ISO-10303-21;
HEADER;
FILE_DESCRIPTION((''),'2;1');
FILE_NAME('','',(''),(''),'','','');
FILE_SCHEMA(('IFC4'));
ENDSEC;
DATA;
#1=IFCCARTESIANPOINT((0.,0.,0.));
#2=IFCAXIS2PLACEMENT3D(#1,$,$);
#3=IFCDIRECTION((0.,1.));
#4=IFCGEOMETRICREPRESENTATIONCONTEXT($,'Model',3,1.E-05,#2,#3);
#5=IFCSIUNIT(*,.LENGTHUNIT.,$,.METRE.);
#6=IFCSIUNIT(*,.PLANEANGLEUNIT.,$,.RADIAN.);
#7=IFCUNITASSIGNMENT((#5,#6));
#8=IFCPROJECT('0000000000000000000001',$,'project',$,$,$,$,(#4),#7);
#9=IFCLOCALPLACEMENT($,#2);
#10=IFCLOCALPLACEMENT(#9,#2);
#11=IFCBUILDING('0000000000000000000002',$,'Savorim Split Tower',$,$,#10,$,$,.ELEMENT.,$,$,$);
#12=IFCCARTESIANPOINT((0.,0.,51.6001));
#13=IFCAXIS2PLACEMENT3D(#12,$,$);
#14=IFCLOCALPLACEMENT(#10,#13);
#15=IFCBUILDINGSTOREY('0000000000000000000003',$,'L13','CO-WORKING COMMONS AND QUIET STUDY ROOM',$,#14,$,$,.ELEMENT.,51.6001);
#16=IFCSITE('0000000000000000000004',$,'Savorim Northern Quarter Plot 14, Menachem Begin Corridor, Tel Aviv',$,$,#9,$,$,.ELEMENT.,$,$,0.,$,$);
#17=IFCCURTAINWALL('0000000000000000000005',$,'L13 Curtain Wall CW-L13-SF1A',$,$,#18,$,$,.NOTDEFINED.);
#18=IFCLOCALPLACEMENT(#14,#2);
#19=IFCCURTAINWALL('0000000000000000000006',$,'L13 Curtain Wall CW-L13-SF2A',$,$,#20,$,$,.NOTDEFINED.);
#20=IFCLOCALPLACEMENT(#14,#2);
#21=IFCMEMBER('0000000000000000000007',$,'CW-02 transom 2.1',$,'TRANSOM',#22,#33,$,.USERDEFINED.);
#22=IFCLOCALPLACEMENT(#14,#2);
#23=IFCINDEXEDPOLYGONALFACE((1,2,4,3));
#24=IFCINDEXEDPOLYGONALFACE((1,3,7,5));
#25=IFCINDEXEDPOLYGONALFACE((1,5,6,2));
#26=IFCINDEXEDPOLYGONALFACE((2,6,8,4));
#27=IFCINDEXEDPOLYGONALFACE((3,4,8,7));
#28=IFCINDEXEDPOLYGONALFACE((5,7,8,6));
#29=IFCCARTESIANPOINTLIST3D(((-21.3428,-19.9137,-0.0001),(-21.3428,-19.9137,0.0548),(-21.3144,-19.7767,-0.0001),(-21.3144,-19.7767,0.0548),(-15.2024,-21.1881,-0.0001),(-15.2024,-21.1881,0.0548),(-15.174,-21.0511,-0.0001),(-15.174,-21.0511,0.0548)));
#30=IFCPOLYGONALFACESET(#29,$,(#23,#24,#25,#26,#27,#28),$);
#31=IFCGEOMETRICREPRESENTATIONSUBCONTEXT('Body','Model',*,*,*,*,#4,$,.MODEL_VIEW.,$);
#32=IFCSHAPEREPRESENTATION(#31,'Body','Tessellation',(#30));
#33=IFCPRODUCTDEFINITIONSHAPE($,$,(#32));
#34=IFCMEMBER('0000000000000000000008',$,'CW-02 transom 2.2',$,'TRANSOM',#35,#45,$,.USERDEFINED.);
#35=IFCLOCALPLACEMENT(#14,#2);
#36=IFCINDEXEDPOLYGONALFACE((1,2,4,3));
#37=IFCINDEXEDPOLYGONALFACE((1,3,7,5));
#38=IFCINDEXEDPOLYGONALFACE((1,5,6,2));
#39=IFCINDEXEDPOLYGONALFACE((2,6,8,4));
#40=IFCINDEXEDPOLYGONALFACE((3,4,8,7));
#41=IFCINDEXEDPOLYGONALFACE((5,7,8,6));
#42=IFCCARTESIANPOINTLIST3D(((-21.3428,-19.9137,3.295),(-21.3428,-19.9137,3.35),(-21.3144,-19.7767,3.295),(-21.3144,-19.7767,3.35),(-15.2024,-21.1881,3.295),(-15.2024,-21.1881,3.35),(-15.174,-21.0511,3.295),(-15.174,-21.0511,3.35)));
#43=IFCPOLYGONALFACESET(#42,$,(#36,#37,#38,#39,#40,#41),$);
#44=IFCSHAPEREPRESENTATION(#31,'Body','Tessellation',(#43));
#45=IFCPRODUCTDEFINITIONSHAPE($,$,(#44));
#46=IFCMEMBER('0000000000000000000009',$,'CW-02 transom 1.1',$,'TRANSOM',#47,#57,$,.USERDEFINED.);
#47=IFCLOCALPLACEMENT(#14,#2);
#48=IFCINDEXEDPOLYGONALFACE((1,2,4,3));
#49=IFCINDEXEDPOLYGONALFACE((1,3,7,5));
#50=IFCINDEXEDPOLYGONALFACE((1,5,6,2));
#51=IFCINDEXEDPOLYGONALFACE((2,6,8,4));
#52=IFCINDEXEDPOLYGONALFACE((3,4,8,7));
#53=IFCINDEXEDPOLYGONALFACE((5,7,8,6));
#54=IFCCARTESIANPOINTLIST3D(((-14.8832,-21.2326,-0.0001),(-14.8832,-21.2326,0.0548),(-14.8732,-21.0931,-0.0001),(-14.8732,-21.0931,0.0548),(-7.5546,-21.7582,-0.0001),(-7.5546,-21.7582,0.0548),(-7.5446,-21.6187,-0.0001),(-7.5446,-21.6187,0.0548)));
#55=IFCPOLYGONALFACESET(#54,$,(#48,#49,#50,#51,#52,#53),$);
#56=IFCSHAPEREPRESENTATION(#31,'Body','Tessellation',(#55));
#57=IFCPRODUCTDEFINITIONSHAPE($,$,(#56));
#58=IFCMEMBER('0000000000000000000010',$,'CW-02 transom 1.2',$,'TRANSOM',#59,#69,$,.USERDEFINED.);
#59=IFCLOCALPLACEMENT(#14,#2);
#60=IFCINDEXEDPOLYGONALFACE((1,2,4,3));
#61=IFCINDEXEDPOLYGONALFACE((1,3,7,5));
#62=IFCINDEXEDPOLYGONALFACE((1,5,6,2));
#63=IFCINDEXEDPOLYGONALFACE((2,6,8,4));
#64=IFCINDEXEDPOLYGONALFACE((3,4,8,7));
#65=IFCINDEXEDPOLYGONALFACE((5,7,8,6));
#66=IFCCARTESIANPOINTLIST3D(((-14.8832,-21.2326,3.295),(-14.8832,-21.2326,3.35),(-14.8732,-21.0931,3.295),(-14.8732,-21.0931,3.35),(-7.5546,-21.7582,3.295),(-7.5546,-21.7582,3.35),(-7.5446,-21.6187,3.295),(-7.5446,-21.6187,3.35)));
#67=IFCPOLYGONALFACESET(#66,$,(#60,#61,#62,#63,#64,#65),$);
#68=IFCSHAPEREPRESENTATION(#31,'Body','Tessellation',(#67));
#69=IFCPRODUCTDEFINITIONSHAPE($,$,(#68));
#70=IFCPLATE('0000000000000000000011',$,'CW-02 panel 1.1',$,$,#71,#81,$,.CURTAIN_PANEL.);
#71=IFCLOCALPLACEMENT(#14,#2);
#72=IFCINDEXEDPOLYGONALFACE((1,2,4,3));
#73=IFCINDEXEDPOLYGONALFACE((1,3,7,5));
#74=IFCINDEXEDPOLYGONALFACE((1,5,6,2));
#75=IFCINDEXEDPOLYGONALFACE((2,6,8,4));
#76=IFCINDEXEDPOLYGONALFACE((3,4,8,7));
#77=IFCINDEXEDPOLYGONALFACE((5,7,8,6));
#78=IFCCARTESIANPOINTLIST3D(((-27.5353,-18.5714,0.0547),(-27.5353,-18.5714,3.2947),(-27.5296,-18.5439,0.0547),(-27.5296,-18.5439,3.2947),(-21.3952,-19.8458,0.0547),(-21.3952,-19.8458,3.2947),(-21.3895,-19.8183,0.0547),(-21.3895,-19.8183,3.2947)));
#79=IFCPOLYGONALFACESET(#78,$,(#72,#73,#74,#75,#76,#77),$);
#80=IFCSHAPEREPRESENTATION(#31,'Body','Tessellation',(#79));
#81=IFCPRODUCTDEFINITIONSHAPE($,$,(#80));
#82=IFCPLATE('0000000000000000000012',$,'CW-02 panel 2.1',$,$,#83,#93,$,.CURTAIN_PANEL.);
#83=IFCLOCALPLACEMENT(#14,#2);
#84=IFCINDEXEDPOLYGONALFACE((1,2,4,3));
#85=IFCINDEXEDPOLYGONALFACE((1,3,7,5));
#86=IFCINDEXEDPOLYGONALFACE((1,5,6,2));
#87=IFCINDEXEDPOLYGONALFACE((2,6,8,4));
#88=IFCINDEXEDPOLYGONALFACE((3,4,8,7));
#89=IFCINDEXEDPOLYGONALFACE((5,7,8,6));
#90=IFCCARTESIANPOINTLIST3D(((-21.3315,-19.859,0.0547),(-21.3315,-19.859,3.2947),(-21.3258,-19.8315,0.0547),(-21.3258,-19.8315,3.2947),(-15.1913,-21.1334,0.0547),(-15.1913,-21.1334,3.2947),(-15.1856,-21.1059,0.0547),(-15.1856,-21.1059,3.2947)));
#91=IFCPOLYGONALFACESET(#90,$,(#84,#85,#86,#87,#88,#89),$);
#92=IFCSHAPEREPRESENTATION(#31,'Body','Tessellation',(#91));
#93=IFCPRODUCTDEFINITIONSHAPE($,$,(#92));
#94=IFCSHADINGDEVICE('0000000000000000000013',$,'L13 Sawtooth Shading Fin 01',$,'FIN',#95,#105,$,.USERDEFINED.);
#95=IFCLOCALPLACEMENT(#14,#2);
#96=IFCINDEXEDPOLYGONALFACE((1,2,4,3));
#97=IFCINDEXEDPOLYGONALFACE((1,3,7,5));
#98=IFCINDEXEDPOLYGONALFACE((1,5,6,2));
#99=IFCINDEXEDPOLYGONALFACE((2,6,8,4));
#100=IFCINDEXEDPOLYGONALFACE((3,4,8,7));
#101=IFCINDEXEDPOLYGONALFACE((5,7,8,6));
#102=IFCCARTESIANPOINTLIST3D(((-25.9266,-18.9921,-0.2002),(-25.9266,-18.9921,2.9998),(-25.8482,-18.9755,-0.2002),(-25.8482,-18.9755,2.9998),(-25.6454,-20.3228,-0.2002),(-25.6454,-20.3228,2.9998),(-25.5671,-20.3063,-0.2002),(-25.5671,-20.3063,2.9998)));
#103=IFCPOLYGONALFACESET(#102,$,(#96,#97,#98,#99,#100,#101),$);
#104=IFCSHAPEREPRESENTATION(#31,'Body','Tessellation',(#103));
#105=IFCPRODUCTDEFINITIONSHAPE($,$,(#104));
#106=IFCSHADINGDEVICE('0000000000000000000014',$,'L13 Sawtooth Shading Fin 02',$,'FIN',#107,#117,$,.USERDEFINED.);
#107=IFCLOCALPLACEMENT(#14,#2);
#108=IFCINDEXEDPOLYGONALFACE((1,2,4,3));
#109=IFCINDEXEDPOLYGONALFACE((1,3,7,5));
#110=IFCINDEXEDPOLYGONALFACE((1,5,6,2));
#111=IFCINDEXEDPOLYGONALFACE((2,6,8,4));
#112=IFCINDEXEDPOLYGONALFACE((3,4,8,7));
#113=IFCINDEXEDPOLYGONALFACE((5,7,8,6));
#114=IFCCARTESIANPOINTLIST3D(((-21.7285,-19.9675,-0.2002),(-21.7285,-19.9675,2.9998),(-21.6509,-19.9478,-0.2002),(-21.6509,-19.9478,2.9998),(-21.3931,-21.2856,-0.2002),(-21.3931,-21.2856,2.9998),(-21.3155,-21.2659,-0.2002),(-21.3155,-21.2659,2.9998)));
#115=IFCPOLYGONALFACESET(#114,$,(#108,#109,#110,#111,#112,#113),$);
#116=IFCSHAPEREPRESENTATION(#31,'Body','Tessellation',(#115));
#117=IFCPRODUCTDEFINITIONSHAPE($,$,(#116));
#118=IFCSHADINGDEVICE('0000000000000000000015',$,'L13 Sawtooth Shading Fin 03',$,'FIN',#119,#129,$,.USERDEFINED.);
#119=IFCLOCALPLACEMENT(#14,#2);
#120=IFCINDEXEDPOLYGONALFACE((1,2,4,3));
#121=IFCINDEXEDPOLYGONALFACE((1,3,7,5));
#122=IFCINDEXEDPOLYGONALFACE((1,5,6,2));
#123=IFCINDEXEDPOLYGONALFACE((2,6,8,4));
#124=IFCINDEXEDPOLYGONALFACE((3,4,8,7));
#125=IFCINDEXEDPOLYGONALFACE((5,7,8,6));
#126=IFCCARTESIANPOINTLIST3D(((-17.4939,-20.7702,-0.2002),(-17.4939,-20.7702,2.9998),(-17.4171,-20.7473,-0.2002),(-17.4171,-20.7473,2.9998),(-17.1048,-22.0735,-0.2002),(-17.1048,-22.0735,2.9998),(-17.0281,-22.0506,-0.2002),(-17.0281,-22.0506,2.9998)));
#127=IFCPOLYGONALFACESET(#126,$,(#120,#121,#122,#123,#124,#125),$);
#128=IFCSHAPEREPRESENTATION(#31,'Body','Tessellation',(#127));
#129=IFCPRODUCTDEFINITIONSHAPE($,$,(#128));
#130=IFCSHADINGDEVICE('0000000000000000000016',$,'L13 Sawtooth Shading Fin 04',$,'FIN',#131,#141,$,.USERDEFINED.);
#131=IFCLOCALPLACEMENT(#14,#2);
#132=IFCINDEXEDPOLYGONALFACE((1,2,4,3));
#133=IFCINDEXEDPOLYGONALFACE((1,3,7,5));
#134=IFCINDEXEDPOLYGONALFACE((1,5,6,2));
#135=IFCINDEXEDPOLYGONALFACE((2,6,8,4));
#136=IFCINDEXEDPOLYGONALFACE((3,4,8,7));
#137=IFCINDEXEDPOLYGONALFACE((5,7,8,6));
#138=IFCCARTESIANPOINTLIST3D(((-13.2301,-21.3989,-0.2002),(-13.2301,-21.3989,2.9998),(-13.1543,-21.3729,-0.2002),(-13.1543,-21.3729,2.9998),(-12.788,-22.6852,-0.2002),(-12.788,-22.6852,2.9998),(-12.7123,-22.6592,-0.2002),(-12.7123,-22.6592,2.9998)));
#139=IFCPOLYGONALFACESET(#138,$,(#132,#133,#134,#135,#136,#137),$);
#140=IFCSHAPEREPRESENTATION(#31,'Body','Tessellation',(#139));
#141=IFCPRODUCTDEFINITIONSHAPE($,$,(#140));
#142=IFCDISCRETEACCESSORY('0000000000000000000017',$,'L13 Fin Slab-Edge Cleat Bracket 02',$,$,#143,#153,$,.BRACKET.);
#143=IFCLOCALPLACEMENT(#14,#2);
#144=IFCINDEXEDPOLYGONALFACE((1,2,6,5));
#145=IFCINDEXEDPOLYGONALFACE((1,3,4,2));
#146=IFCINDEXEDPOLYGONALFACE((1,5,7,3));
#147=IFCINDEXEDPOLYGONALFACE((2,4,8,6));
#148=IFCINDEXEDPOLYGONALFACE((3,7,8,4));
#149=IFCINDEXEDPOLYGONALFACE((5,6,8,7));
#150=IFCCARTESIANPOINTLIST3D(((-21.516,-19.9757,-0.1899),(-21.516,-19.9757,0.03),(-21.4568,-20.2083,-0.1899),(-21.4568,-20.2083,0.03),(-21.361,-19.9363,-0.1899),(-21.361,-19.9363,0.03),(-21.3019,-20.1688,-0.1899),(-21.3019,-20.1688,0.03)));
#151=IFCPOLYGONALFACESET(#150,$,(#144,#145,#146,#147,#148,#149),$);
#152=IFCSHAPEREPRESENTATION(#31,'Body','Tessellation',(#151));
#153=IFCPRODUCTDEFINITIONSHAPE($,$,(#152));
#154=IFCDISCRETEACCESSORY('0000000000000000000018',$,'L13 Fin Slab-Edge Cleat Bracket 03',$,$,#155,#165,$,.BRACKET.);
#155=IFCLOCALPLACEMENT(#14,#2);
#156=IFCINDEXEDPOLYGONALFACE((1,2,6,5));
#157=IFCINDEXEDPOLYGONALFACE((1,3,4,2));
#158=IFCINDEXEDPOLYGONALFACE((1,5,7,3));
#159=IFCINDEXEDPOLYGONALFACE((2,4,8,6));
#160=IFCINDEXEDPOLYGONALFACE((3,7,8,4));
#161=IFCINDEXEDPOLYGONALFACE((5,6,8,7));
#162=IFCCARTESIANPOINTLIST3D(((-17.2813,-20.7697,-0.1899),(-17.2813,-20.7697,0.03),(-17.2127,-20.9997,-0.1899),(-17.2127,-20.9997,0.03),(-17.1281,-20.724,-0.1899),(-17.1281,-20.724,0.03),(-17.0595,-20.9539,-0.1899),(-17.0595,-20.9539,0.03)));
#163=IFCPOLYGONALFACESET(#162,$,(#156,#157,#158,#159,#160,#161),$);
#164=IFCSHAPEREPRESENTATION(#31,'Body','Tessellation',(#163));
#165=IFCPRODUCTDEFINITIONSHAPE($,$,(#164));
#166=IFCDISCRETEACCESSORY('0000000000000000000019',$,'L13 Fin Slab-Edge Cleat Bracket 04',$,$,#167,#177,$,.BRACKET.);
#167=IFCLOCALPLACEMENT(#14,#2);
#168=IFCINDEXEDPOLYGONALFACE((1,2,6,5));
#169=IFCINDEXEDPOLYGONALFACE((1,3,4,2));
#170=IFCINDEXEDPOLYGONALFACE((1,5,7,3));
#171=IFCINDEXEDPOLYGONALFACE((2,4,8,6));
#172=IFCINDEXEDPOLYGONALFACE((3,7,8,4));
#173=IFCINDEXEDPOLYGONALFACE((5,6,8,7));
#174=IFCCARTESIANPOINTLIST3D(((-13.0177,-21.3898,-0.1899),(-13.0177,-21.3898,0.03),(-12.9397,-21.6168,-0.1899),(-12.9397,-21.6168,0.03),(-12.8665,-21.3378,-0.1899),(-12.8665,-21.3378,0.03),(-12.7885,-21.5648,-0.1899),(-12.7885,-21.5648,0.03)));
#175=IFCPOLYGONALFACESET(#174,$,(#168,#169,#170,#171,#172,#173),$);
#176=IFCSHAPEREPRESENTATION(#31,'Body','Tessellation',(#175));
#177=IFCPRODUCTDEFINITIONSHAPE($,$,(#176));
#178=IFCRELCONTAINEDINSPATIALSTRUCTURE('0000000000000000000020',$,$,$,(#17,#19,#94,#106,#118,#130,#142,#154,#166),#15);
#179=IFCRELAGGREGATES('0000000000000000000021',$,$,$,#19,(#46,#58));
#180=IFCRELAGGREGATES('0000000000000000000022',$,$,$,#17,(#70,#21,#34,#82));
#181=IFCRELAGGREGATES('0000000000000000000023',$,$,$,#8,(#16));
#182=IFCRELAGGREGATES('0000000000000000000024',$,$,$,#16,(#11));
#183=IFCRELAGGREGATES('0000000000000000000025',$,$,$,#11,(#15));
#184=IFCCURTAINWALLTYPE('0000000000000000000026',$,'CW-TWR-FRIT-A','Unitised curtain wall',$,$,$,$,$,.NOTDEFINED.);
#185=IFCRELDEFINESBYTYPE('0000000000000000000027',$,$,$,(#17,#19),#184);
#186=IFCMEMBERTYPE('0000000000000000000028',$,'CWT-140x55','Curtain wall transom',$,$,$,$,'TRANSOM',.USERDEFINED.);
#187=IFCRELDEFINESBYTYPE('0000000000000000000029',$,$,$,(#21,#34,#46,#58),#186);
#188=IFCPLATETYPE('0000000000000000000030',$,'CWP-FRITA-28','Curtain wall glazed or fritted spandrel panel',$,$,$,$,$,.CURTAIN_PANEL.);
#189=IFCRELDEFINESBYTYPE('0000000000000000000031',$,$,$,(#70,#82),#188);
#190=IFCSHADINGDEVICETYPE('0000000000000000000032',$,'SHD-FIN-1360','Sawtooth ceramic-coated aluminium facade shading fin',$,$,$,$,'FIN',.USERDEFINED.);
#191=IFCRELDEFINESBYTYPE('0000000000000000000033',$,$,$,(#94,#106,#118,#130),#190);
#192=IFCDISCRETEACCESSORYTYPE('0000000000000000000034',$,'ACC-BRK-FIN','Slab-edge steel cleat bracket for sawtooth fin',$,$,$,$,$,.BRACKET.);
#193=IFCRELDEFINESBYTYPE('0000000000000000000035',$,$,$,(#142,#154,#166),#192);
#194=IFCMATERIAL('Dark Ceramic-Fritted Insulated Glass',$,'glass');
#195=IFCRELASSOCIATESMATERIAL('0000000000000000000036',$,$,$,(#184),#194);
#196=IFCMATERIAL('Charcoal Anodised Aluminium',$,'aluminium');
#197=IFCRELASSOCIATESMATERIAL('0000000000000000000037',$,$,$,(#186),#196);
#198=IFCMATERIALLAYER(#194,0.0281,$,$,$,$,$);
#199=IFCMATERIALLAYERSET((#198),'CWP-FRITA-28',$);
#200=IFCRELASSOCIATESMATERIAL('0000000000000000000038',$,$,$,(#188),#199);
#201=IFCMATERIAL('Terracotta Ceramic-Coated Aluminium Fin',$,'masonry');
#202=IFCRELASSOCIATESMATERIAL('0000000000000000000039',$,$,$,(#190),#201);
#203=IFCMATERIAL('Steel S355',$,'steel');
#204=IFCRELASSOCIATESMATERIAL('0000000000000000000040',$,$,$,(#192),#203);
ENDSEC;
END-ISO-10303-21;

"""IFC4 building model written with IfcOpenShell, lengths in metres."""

from ifc_helpers import new_model, si_unit, direction, frame, origin, origin_2d, place, context, subcontext, project, spatial, rectangle, extrude, material, layer, layer_set, material_profile, profile_set, type_object, element, aggregate, save


model = new_model("IFC4")

# Units and contexts
model_context = context("Model", 3, precision=1e-05, world=origin(), true_north=direction((0.0, 1.0)))
body_context = subcontext(model_context, "Body", "Model", "MODEL_VIEW")
ifc_project = project(units=[si_unit("LENGTHUNIT", "METRE"), si_unit("PLANEANGLEUNIT", "RADIAN")], contexts=[model_context])

# Site, building, storey
site_placement = place(None, origin())
site = spatial("IfcSite", under=ifc_project, at=site_placement, Name="Savorim Northern Quarter Plot 14, Menachem Begin Corridor, Tel Aviv", CompositionType="ELEMENT", RefElevation=0.0)
building_placement = place(site_placement, origin())
building = spatial("IfcBuilding", under=site, at=building_placement, Name="Savorim Split Tower", CompositionType="ELEMENT")
storey_placement = place(building_placement, frame((0.0, 0.0, 51.6001)))
storey = spatial("IfcBuildingStorey", under=building, at=storey_placement, Name="L13", Description="CO-WORKING COMMONS AND QUIET STUDY ROOM", CompositionType="ELEMENT", Elevation=51.6001)

# Shared definitions
ifc_material_1 = material(Name="Steel S355", Category="steel")

# Curtain wall
ifc_material_2 = material(Name="Dark Ceramic-Fritted Insulated Glass", Category="glass")
curtain_wall_type = type_object("IfcCurtainWallType", Name="CW-TWR-FRIT-A", Description="Unitised curtain wall", PredefinedType="NOTDEFINED", material=ifc_material_2)
curtain_wall_1_placement = place(storey_placement, origin())
curtain_wall_1 = element("IfcCurtainWall", 1, at=curtain_wall_1_placement, inside=storey, type_object=curtain_wall_type, Name="L13 Curtain Wall CW-L13-SF1A", PredefinedType="NOTDEFINED")
ifc_material_3 = material(Name="Charcoal Anodised Aluminium", Category="aluminium")

# Curtain wall
curtain_wall_2_placement = place(storey_placement, origin())
curtain_wall_2 = element("IfcCurtainWall", 2, at=curtain_wall_2_placement, inside=storey, type_object=curtain_wall_type, Name="L13 Curtain Wall CW-L13-SF2A", PredefinedType="NOTDEFINED")

# Members
ifc_material_profile_1 = material_profile(ifc_material_3, rectangle(XDim=0.1399, YDim=0.0549, at=origin_2d()), Name="ALU-T 140x55")
ifc_profile_set_1 = profile_set([ifc_material_profile_1], Name="Charcoal Anodised Aluminium")
member_type_1 = type_object("IfcMemberType", Name="CWT-140x55", Description="Curtain wall transom", ElementType="TRANSOM", PredefinedType="USERDEFINED", material=ifc_profile_set_1)
member_1_placement = place(storey_placement, frame((-21.3286, -19.8452, 0.0273), z_axis=(0.979134, -0.203216, 0.0), x_axis=(0.203216, 0.979134, 0.0)))
member_1 = element("IfcMember", 3, at=member_1_placement, type_object=member_type_1, Name="CW-02 transom 2.1", ObjectType="TRANSOM", PredefinedType="USERDEFINED", context=body_context, shape_type="SweptSolid", body=[
    extrude(rectangle(XDim=0.1399, YDim=0.0549, at=origin_2d()), origin(), (0.0, 0.0, 1.0), 6.2712),
])
member_2_placement = place(storey_placement, frame((-21.3286, -19.8452, 3.3225), z_axis=(0.979134, -0.203216, 0.0), x_axis=(0.203216, 0.979134, 0.0)))
member_2 = element("IfcMember", 4, at=member_2_placement, type_object=member_type_1, Name="CW-02 transom 2.2", ObjectType="TRANSOM", PredefinedType="USERDEFINED", context=body_context, shape_type="SweptSolid", body=[
    extrude(rectangle(XDim=0.1399, YDim=0.0549, at=origin_2d()), origin(), (0.0, 0.0, 1.0), 6.2712),
])
member_3_placement = place(storey_placement, frame((-14.8782, -21.1628, 0.0273), z_axis=(0.997438, -0.07154, 0.0), x_axis=(0.07154, 0.997438, 0.0)))
member_3 = element("IfcMember", 5, at=member_3_placement, type_object=member_type_1, Name="CW-02 transom 1.1", ObjectType="TRANSOM", PredefinedType="USERDEFINED", context=body_context, shape_type="SweptSolid", body=[
    extrude(rectangle(XDim=0.1399, YDim=0.0549, at=origin_2d()), origin(), (0.0, 0.0, 1.0), 7.3474),
])
member_4_placement = place(storey_placement, frame((-14.8782, -21.1628, 3.3225), z_axis=(0.997438, -0.07154, 0.0), x_axis=(0.07154, 0.997438, 0.0)))
member_4 = element("IfcMember", 6, at=member_4_placement, type_object=member_type_1, Name="CW-02 transom 1.2", ObjectType="TRANSOM", PredefinedType="USERDEFINED", context=body_context, shape_type="SweptSolid", body=[
    extrude(rectangle(XDim=0.1399, YDim=0.0549, at=origin_2d()), origin(), (0.0, 0.0, 1.0), 7.3474),
])
aggregate(curtain_wall_2, [member_3, member_4])

# Plates
ifc_layer = layer(ifc_material_2, 0.0281)
ifc_layer_set = layer_set([ifc_layer], Name="CWP-FRITA-28")
plate_type = type_object("IfcPlateType", Name="CWP-FRITA-28", Description="Curtain wall glazed or fritted spandrel panel", PredefinedType="CURTAIN_PANEL", material=ifc_layer_set)
plate_1_placement = place(storey_placement, frame((-24.4624, -19.1948, 0.0547), z_axis=(0.0, 0.0, 1.0), x_axis=(0.979134, -0.203216, 0.0)))
plate_1 = element("IfcPlate", 7, at=plate_1_placement, type_object=plate_type, Name="CW-02 panel 1.1", PredefinedType="CURTAIN_PANEL", context=body_context, shape_type="SweptSolid", body=[
    extrude(rectangle(XDim=6.271, YDim=0.0281, at=origin_2d()), origin(), (0.0, 0.0, 1.0), 3.24),
])
plate_2_placement = place(storey_placement, frame((-18.2585, -20.4824, 0.0547), z_axis=(0.0, 0.0, 1.0), x_axis=(0.979134, -0.203216, 0.0)))
plate_2 = element("IfcPlate", 8, at=plate_2_placement, type_object=plate_type, Name="CW-02 panel 2.1", PredefinedType="CURTAIN_PANEL", context=body_context, shape_type="SweptSolid", body=[
    extrude(rectangle(XDim=6.271, YDim=0.0281, at=origin_2d()), origin(), (0.0, 0.0, 1.0), 3.24),
])
aggregate(curtain_wall_1, [plate_1, member_1, member_2, plate_2])

# Shading devices
ifc_material_4 = material(Name="Terracotta Ceramic-Coated Aluminium Fin", Category="masonry")
shading_device_type = type_object("IfcShadingDeviceType", Name="SHD-FIN-1360", Description="Sawtooth ceramic-coated aluminium facade shading fin", ElementType="FIN", PredefinedType="USERDEFINED", material=ifc_material_4)
for number, where, z_axis, x_axis, name in (
    (9, (-25.7468, -19.6492, -0.2002), (0.0, 0.0, 1.0), (0.206722, -0.9784, 0.0), "L13 Sawtooth Shading Fin 01"),
    (10, (-21.522, -20.6167, -0.2002), (0.0, 0.0, 1.0), (0.246581, -0.969122, 0.0), "L13 Sawtooth Shading Fin 02"),
    (11, (-17.261, -21.4104, -0.2002), (0.0, 0.0, 1.0), (0.286026, -0.958222, 0.0), "L13 Sawtooth Shading Fin 03"),
    (12, (-12.9712, -22.0291, -0.2002), (0.0, 0.0, 1.0), (0.324994, -0.945716, 0.0), "L13 Sawtooth Shading Fin 04"),
):
    element("IfcShadingDevice", number, at=place(storey_placement, frame(where, z_axis=z_axis, x_axis=x_axis)), inside=storey, type_object=shading_device_type, Name=name, ObjectType="FIN", PredefinedType="USERDEFINED", context=body_context, shape_type="SweptSolid", body=[
        extrude(rectangle(XDim=1.3601, YDim=0.0801, at=origin_2d()), origin(), (0.0, 0.0, 1.0), 3.2),
    ])

# Discrete accessories
discrete_accessory_type = type_object("IfcDiscreteAccessoryType", Name="ACC-BRK-FIN", Description="Slab-edge steel cleat bracket for sawtooth fin", PredefinedType="BRACKET", material=ifc_material_1)
for number, where, z_axis, x_axis, name in (
    (13, (-21.4089, -20.0723, -0.1899), (0.0, 0.0, 1.0), (0.246581, -0.969122, 0.0), "L13 Fin Slab-Edge Cleat Bracket 02"),
    (14, (-17.1704, -20.8618, -0.1899), (0.0, 0.0, 1.0), (0.286026, -0.958222, 0.0), "L13 Fin Slab-Edge Cleat Bracket 03"),
    (15, (-12.9031, -21.4773, -0.1899), (0.0, 0.0, 1.0), (0.324994, -0.945716, 0.0), "L13 Fin Slab-Edge Cleat Bracket 04"),
):
    element("IfcDiscreteAccessory", number, at=place(storey_placement, frame(where, z_axis=z_axis, x_axis=x_axis)), inside=storey, type_object=discrete_accessory_type, Name=name, PredefinedType="BRACKET", context=body_context, shape_type="SweptSolid", body=[
        extrude(rectangle(XDim=0.24, YDim=0.1599, at=origin_2d()), origin(), (0.0, 0.0, 1.0), 0.22),
    ])

save(model, "model.ifc")
